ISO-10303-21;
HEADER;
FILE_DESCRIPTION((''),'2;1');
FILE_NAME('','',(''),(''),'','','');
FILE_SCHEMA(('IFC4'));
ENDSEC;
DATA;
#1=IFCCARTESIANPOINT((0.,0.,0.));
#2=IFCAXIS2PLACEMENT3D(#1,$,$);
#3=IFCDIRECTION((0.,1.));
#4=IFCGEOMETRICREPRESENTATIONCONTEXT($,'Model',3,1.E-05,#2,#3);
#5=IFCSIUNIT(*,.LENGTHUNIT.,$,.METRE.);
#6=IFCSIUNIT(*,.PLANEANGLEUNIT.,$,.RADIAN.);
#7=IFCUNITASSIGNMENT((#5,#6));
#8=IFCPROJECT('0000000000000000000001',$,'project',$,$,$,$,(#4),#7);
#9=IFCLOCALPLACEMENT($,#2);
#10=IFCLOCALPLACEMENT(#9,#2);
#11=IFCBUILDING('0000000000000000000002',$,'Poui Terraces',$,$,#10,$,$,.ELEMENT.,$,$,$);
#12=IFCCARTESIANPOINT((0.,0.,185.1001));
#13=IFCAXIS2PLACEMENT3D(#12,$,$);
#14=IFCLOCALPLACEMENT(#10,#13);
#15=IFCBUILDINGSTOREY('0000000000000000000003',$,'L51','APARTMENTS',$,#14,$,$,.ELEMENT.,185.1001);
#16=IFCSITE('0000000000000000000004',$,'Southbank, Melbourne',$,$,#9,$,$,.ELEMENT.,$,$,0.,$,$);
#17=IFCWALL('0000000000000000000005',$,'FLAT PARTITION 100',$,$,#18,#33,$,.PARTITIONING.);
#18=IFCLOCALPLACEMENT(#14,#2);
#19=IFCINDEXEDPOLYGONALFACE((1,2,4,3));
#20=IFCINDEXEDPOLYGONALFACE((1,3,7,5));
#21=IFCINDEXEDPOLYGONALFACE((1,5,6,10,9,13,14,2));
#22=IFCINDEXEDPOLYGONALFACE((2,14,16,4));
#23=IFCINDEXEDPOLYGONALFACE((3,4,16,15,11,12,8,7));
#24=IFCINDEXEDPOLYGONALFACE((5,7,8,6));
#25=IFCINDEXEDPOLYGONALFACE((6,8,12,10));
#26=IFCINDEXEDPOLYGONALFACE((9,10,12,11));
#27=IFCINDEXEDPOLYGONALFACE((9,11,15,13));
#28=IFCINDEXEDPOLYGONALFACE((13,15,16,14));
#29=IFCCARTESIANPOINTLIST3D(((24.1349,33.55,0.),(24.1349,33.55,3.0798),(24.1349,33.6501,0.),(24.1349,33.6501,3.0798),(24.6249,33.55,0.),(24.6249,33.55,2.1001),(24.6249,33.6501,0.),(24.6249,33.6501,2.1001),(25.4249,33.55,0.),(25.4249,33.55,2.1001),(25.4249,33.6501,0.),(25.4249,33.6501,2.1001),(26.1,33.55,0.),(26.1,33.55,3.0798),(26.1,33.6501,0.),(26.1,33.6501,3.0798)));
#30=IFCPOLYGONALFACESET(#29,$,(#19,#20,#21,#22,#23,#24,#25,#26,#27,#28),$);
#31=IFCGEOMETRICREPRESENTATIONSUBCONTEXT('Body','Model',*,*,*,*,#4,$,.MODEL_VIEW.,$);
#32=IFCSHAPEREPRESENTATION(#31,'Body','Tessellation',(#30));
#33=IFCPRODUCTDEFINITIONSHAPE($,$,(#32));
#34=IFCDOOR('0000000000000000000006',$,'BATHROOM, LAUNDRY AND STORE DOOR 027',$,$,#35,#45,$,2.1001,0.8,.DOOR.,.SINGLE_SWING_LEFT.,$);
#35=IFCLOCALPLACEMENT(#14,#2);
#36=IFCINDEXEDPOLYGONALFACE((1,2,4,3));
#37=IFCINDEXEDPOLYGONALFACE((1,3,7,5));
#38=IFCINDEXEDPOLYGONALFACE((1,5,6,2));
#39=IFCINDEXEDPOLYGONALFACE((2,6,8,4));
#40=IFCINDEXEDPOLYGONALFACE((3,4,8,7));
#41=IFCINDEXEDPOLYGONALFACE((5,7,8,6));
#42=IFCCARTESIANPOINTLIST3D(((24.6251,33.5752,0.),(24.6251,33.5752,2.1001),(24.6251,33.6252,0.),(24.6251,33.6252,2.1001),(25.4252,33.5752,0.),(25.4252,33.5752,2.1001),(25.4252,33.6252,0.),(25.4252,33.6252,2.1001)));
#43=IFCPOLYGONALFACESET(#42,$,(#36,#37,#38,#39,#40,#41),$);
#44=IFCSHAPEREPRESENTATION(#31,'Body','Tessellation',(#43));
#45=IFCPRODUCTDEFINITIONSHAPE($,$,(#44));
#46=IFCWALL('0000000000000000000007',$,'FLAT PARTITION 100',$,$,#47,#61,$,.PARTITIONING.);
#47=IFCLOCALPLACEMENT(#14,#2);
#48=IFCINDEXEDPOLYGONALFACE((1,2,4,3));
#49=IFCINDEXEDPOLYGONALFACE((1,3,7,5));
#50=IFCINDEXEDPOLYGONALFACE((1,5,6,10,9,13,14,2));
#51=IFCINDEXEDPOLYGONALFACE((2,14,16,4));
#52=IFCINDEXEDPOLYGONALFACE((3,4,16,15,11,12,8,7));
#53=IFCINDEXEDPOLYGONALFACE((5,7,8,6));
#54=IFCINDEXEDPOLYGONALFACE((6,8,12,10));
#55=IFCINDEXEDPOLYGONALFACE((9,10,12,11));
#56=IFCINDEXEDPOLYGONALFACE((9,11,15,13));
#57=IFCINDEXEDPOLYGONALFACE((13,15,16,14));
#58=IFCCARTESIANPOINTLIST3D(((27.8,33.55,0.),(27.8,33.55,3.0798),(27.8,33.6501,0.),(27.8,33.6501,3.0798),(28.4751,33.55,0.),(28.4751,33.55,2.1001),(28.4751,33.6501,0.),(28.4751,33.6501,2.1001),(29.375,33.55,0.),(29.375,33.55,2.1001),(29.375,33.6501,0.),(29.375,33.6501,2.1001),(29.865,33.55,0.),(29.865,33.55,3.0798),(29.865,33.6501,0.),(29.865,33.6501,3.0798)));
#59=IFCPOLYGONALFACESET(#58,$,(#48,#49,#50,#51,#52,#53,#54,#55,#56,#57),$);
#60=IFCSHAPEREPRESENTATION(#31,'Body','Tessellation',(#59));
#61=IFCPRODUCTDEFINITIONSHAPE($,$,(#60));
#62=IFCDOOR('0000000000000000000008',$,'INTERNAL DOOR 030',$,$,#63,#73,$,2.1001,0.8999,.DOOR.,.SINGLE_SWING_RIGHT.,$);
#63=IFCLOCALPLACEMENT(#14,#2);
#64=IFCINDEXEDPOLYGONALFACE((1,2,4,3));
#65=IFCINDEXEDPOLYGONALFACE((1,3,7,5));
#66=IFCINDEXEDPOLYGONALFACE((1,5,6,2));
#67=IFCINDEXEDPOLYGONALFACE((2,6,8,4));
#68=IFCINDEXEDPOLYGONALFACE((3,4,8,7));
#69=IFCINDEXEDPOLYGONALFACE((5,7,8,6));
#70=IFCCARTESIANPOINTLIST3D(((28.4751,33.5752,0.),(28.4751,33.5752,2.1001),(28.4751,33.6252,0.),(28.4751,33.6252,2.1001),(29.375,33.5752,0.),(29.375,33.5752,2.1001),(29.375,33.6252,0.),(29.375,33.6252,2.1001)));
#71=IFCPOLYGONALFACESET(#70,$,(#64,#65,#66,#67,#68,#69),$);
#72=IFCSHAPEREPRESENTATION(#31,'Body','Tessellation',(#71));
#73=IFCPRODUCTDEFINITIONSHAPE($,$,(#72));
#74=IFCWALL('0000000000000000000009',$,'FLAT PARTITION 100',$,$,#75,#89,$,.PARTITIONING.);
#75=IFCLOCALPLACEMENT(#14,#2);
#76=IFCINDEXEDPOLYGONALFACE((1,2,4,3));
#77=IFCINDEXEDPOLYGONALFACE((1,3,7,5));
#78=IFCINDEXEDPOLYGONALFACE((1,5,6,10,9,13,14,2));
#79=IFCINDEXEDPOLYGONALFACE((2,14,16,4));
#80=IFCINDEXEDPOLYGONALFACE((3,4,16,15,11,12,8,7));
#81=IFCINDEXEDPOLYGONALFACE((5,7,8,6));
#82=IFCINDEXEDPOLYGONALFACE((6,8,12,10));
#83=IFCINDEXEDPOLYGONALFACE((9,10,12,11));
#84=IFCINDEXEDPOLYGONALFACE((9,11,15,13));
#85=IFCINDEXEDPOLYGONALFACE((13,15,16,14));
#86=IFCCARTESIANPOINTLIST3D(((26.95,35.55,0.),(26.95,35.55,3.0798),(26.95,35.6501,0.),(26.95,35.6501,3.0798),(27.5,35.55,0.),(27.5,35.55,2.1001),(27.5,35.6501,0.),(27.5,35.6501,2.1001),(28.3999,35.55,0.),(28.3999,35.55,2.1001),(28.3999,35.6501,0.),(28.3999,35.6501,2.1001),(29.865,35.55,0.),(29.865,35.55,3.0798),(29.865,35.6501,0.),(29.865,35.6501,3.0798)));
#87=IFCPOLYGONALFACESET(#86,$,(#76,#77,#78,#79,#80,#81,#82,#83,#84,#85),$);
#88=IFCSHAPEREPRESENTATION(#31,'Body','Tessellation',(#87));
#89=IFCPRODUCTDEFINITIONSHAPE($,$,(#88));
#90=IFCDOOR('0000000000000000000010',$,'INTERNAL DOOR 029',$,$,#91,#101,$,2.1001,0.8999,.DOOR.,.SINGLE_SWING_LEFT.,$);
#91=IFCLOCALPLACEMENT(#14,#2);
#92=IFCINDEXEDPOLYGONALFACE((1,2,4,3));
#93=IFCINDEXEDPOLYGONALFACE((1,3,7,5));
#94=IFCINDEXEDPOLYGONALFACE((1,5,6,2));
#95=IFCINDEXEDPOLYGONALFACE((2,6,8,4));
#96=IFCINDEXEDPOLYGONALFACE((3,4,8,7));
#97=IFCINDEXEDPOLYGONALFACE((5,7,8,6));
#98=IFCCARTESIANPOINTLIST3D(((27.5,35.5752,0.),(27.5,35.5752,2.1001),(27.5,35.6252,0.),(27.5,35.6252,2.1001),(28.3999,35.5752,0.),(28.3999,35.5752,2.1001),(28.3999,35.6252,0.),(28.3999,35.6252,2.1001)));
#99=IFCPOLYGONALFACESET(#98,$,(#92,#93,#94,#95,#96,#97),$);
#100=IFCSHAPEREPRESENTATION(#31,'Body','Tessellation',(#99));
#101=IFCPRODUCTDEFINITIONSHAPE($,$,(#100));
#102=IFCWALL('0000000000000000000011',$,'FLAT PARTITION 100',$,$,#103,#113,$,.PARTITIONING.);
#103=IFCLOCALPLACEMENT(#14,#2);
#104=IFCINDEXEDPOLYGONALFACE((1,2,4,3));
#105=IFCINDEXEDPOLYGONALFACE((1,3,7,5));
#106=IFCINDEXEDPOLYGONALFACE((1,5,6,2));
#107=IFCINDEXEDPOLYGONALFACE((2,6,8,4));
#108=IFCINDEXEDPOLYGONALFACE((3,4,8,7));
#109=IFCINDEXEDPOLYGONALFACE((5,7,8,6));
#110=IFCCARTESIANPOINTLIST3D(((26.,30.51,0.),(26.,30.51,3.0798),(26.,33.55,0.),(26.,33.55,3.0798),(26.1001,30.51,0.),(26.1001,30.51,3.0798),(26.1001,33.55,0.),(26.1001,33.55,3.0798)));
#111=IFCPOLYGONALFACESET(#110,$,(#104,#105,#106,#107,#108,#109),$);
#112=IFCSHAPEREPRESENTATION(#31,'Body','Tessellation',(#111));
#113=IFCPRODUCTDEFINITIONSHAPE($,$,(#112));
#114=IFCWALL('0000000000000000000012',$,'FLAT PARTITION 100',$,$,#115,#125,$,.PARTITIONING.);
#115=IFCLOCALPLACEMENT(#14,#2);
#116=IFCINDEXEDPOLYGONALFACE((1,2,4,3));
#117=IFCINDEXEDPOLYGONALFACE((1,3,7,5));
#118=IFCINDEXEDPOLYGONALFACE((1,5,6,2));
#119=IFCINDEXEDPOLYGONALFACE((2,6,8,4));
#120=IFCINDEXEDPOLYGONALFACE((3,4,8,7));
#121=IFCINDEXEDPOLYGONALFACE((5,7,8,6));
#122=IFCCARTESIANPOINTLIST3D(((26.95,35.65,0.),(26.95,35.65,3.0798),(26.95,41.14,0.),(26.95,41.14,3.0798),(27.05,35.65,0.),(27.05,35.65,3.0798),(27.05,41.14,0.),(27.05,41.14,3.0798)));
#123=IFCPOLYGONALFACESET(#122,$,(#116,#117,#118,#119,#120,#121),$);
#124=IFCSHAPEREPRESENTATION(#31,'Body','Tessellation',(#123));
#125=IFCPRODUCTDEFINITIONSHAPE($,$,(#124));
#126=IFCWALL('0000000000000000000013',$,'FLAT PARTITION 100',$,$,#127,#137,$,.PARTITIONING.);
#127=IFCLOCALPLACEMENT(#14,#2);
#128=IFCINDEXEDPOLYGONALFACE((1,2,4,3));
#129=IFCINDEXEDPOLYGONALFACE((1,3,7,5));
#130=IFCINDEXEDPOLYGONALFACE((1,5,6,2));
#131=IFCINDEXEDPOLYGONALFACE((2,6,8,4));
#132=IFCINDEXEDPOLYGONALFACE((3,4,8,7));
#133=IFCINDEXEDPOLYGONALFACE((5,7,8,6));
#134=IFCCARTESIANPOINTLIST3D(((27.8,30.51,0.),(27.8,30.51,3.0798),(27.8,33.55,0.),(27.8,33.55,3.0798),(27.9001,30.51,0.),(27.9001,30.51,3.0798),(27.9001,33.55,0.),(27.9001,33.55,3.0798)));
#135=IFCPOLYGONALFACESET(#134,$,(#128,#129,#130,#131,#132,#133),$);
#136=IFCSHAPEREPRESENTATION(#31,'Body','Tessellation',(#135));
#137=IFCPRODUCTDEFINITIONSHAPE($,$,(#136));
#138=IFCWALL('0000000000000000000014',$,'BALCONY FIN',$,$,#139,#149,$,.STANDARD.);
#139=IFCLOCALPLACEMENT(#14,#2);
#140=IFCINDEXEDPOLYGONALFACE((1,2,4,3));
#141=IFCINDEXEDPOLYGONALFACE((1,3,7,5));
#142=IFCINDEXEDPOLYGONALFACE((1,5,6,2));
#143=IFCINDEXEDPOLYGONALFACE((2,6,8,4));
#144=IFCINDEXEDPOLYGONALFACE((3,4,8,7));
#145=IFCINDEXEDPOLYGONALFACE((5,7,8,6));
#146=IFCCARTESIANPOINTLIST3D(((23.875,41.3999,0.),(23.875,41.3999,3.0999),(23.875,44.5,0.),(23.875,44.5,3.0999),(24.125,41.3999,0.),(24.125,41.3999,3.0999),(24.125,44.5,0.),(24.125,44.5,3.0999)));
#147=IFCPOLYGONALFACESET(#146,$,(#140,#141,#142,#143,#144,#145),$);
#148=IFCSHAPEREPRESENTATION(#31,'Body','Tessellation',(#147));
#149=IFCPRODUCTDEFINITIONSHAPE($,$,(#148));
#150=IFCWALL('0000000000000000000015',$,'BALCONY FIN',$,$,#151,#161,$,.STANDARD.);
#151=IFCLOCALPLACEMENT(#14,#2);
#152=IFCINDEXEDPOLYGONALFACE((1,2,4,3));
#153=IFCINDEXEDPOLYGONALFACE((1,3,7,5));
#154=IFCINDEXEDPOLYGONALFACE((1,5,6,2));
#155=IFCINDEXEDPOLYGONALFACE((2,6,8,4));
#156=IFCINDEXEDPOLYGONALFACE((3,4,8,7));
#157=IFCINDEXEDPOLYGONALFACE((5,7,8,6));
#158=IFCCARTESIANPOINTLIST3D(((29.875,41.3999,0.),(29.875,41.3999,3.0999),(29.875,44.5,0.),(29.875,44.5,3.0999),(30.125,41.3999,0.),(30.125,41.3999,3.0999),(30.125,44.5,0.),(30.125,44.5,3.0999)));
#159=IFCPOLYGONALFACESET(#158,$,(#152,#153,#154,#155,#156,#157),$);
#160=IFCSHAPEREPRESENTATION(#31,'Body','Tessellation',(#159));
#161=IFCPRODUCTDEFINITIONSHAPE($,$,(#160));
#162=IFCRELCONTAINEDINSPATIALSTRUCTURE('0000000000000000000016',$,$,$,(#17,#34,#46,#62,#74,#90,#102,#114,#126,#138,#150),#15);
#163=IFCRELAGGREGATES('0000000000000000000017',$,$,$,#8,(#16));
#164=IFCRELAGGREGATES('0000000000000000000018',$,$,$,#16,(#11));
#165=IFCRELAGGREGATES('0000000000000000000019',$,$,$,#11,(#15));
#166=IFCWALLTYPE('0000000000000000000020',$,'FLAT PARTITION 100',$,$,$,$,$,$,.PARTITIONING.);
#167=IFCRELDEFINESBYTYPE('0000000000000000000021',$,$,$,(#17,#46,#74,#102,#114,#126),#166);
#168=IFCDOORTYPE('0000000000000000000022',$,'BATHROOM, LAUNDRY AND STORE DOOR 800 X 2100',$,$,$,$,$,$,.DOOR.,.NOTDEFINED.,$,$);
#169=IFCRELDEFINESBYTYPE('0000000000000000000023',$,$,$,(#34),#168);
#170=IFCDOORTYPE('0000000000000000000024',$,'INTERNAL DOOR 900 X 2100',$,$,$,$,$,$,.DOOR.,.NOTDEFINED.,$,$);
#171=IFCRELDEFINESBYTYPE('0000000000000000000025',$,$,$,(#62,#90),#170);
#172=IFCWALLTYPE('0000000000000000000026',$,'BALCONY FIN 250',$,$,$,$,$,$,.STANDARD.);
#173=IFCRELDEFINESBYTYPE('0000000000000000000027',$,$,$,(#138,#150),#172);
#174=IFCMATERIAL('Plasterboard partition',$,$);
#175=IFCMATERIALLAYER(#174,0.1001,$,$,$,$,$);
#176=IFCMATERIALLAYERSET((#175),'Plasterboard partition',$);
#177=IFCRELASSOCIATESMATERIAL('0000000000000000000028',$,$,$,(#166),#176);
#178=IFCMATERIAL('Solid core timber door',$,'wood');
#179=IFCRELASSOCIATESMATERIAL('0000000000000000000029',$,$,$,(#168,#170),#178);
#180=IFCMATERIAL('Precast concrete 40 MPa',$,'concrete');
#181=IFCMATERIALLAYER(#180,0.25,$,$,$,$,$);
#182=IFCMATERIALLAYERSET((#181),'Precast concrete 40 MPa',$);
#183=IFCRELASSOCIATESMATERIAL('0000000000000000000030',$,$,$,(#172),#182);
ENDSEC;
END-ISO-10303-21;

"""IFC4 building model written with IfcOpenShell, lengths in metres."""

from ifc_helpers import new_model, si_unit, direction, frame, frame_2d, origin, place, context, subcontext, project, spatial, polyline, rectangle, outline, extrude, source, transform, mapped, material, layer, layer_set, type_object, element, fill, save


model = new_model("IFC4")

# Units and contexts
model_context = context("Model", 3, precision=1e-05, world=origin(), true_north=direction((0.0, 1.0)))
body_context = subcontext(model_context, "Body", "Model", "MODEL_VIEW")
ifc_project = project(units=[si_unit("LENGTHUNIT", "METRE"), si_unit("PLANEANGLEUNIT", "RADIAN")], contexts=[model_context])

# Site, building, storey
site_placement = place(None, origin())
site = spatial("IfcSite", under=ifc_project, at=site_placement, Name="Southbank, Melbourne", CompositionType="ELEMENT", RefElevation=0.0)
building_placement = place(site_placement, origin())
building = spatial("IfcBuilding", under=site, at=building_placement, Name="Poui Terraces", CompositionType="ELEMENT")
storey_placement = place(building_placement, frame((0.0, 0.0, 185.1001)))
storey = spatial("IfcBuildingStorey", under=building, at=storey_placement, Name="L51", Description="APARTMENTS", CompositionType="ELEMENT", Elevation=185.1001)

# Walls, openings, doors
ifc_material_1 = material(Name="Plasterboard partition")
ifc_layer_1 = layer(ifc_material_1, 0.1001)
ifc_layer_set_1 = layer_set([ifc_layer_1], Name="Plasterboard partition")
wall_type_1 = type_object("IfcWallType", Name="FLAT PARTITION 100", PredefinedType="PARTITIONING", material=ifc_layer_set_1)
wall_1_placement = place(storey_placement, frame((24.135, 33.6001, 0.0), z_axis=(0.0, 0.0, 1.0), x_axis=(1.0, 0.0, 0.0)))
wall_1 = element("IfcWall", 1, at=wall_1_placement, inside=storey, type_object=wall_type_1, Name="FLAT PARTITION 100", PredefinedType="PARTITIONING", context=body_context, shape_type="SweptSolid", body=[
    extrude(rectangle(XDim=1.9651, YDim=0.1001, at=frame_2d((0.9824, 0.0))), origin(), (0.0, 0.0, 1.0), 3.0798),
])
opening_1_placement = place(wall_1_placement, frame((0.49, 0.0, 0.0)))
opening_1 = element("IfcOpeningElement", 2, at=opening_1_placement, cuts=wall_1, PredefinedType="OPENING", context=body_context, shape_type="SweptSolid", body=[
    extrude(rectangle(XDim=0.8, YDim=2.1001, at=frame_2d((0.3999, 1.05))), frame((0.0, 0.0601, 0.0), z_axis=(0.0, -1.0, 0.0), x_axis=(1.0, 0.0, 0.0)), (0.0, 0.0, 1.0), 0.1201),
])
ifc_material_2 = material(Name="Solid core timber door", Category="wood")
door_type_1 = type_object("IfcDoorType", Name="BATHROOM, LAUNDRY AND STORE DOOR 800 X 2100", OperationType="NOTDEFINED", PredefinedType="DOOR", material=ifc_material_2)
door_1_placement = place(opening_1_placement, frame((0.8, 0.0, 0.0), z_axis=(0.0, 0.0, 1.0), x_axis=(-1.0, 0.0, 0.0)))
door_1 = element("IfcDoor", 3, at=door_1_placement, inside=storey, type_object=door_type_1, Name="BATHROOM, LAUNDRY AND STORE DOOR 027", OperationType="SINGLE_SWING_LEFT", OverallHeight=2.1001, OverallWidth=0.8, PredefinedType="DOOR", context=body_context, shape_type="SweptSolid", body=[
    extrude(rectangle(XDim=0.8, YDim=2.1001, at=frame_2d((0.3999, 1.05))), frame((0.0, 0.0249, 0.0), z_axis=(0.0, -1.0, 0.0), x_axis=(1.0, 0.0, 0.0)), (0.0, 0.0, 1.0), 0.05),
])
fill(opening_1, door_1)
wall_2_placement = place(storey_placement, frame((27.8, 33.6001, 0.0), z_axis=(0.0, 0.0, 1.0), x_axis=(1.0, 0.0, 0.0)))
wall_2 = element("IfcWall", 4, at=wall_2_placement, inside=storey, type_object=wall_type_1, Name="FLAT PARTITION 100", PredefinedType="PARTITIONING", context=body_context, shape_type="SweptSolid", body=[
    extrude(rectangle(XDim=2.0649, YDim=0.1001, at=frame_2d((1.0325, 0.0))), origin(), (0.0, 0.0, 1.0), 3.0798),
])
opening_2_placement = place(wall_2_placement, frame((0.675, 0.0, 0.0)))
opening_2 = element("IfcOpeningElement", 5, at=opening_2_placement, cuts=wall_2, PredefinedType="OPENING", context=body_context, shape_type="SweptSolid", body=[
    extrude(rectangle(XDim=0.8999, YDim=2.1001, at=frame_2d((0.45, 1.05))), frame((0.0, 0.0601, 0.0), z_axis=(0.0, -1.0, 0.0), x_axis=(1.0, 0.0, 0.0)), (0.0, 0.0, 1.0), 0.1201),
])
door_type_2 = type_object("IfcDoorType", Name="INTERNAL DOOR 900 X 2100", OperationType="NOTDEFINED", PredefinedType="DOOR", material=ifc_material_2)
door_2_placement = place(opening_2_placement, frame((0.8999, 0.0, 0.0), z_axis=(0.0, 0.0, 1.0), x_axis=(-1.0, 0.0, 0.0)))
door_2 = element("IfcDoor", 6, at=door_2_placement, inside=storey, type_object=door_type_2, Name="INTERNAL DOOR 030", OperationType="SINGLE_SWING_RIGHT", OverallHeight=2.1001, OverallWidth=0.8999, PredefinedType="DOOR", context=body_context, shape_type="SweptSolid", body=[
    extrude(rectangle(XDim=0.8999, YDim=2.1001, at=frame_2d((0.45, 1.05))), frame((0.0, 0.0249, 0.0), z_axis=(0.0, -1.0, 0.0), x_axis=(1.0, 0.0, 0.0)), (0.0, 0.0, 1.0), 0.05),
])
fill(opening_2, door_2)
wall_3_placement = place(storey_placement, frame((26.95, 35.6001, 0.0), z_axis=(0.0, 0.0, 1.0), x_axis=(1.0, 0.0, 0.0)))
wall_3 = element("IfcWall", 7, at=wall_3_placement, inside=storey, type_object=wall_type_1, Name="FLAT PARTITION 100", PredefinedType="PARTITIONING", context=body_context, shape_type="SweptSolid", body=[
    extrude(rectangle(XDim=2.915, YDim=0.1001, at=frame_2d((1.4575, 0.0))), origin(), (0.0, 0.0, 1.0), 3.0798),
])
opening_3_placement = place(wall_3_placement, frame((0.55, 0.0, 0.0)))
opening_3 = element("IfcOpeningElement", 8, at=opening_3_placement, cuts=wall_3, PredefinedType="OPENING", context=body_context, shape_type="SweptSolid", body=[
    extrude(rectangle(XDim=0.8999, YDim=2.1001, at=frame_2d((0.45, 1.05))), frame((0.0, 0.0601, 0.0), z_axis=(0.0, -1.0, 0.0), x_axis=(1.0, 0.0, 0.0)), (0.0, 0.0, 1.0), 0.1201),
])
door_3_placement = place(opening_3_placement, frame((0.8999, 0.0, 0.0), z_axis=(0.0, 0.0, 1.0), x_axis=(-1.0, 0.0, 0.0)))
door_3 = element("IfcDoor", 9, at=door_3_placement, inside=storey, type_object=door_type_2, Name="INTERNAL DOOR 029", OperationType="SINGLE_SWING_LEFT", OverallHeight=2.1001, OverallWidth=0.8999, PredefinedType="DOOR", context=body_context, shape_type="SweptSolid", body=[
    extrude(rectangle(XDim=0.8999, YDim=2.1001, at=frame_2d((0.45, 1.05))), frame((0.0, 0.0249, 0.0), z_axis=(0.0, -1.0, 0.0), x_axis=(1.0, 0.0, 0.0)), (0.0, 0.0, 1.0), 0.05),
])
fill(opening_3, door_3)

# Walls
wall_4_placement = place(storey_placement, frame((26.05, 30.51, 0.0), z_axis=(0.0, 0.0, 1.0), x_axis=(0.0, 1.0, 0.0)))
element("IfcWall", 10, at=wall_4_placement, inside=storey, type_object=wall_type_1, Name="FLAT PARTITION 100", PredefinedType="PARTITIONING", context=body_context, shape_type="SweptSolid", body=[
    extrude(rectangle(XDim=3.04, YDim=0.1001, at=frame_2d((1.52, 0.0))), origin(), (0.0, 0.0, 1.0), 3.0798),
])
wall_5_placement = place(storey_placement, frame((27.0, 35.6499, 0.0), z_axis=(0.0, 0.0, 1.0), x_axis=(0.0, 1.0, 0.0)))
element("IfcWall", 11, at=wall_5_placement, inside=storey, type_object=wall_type_1, Name="FLAT PARTITION 100", PredefinedType="PARTITIONING", context=body_context, shape_type="SweptSolid", body=[
    extrude(rectangle(XDim=5.49, YDim=0.1001, at=frame_2d((2.7451, 0.0))), origin(), (0.0, 0.0, 1.0), 3.0798),
])
wall_6_placement = place(storey_placement, frame((27.8501, 30.51, 0.0), z_axis=(0.0, 0.0, 1.0), x_axis=(0.0, 1.0, 0.0)))
element("IfcWall", 12, at=wall_6_placement, inside=storey, type_object=wall_type_1, Name="FLAT PARTITION 100", PredefinedType="PARTITIONING", context=body_context, shape_type="SweptSolid", body=[
    extrude(rectangle(XDim=3.04, YDim=0.1001, at=frame_2d((1.52, 0.0))), origin(), (0.0, 0.0, 1.0), 3.0798),
])
ifc_material_3 = material(Name="Precast concrete 40 MPa", Category="concrete")
ifc_layer_2 = layer(ifc_material_3, 0.25)
ifc_layer_set_2 = layer_set([ifc_layer_2], Name="Precast concrete 40 MPa")
wall_type_2 = type_object("IfcWallType", Name="BALCONY FIN 250", PredefinedType="STANDARD", material=ifc_layer_set_2)
shared_shape_1 = source(origin(), body_context, "Body", "SweptSolid", [
    extrude(outline(polyline([(0.0, 0.0), (0.25, 0.0), (0.25, 3.1001), (0.0, 3.1001), (0.0, 0.0)])), origin(), (0.0, 0.0, 1.0), 3.0999),
])
for number, where, name in (
    (13, (23.875, 41.3999, 0.0), "BALCONY FIN"),
    (14, (29.875, 41.3999, 0.0), "BALCONY FIN"),
):
    element("IfcWall", number, at=place(storey_placement, frame(where)), inside=storey, type_object=wall_type_2, Name=name, PredefinedType="STANDARD", context=body_context, shape_type="MappedRepresentation", body=[
        mapped(shared_shape_1, transform((0.0, 0.0, 0.0))),
    ])

save(model, "model.ifc")
